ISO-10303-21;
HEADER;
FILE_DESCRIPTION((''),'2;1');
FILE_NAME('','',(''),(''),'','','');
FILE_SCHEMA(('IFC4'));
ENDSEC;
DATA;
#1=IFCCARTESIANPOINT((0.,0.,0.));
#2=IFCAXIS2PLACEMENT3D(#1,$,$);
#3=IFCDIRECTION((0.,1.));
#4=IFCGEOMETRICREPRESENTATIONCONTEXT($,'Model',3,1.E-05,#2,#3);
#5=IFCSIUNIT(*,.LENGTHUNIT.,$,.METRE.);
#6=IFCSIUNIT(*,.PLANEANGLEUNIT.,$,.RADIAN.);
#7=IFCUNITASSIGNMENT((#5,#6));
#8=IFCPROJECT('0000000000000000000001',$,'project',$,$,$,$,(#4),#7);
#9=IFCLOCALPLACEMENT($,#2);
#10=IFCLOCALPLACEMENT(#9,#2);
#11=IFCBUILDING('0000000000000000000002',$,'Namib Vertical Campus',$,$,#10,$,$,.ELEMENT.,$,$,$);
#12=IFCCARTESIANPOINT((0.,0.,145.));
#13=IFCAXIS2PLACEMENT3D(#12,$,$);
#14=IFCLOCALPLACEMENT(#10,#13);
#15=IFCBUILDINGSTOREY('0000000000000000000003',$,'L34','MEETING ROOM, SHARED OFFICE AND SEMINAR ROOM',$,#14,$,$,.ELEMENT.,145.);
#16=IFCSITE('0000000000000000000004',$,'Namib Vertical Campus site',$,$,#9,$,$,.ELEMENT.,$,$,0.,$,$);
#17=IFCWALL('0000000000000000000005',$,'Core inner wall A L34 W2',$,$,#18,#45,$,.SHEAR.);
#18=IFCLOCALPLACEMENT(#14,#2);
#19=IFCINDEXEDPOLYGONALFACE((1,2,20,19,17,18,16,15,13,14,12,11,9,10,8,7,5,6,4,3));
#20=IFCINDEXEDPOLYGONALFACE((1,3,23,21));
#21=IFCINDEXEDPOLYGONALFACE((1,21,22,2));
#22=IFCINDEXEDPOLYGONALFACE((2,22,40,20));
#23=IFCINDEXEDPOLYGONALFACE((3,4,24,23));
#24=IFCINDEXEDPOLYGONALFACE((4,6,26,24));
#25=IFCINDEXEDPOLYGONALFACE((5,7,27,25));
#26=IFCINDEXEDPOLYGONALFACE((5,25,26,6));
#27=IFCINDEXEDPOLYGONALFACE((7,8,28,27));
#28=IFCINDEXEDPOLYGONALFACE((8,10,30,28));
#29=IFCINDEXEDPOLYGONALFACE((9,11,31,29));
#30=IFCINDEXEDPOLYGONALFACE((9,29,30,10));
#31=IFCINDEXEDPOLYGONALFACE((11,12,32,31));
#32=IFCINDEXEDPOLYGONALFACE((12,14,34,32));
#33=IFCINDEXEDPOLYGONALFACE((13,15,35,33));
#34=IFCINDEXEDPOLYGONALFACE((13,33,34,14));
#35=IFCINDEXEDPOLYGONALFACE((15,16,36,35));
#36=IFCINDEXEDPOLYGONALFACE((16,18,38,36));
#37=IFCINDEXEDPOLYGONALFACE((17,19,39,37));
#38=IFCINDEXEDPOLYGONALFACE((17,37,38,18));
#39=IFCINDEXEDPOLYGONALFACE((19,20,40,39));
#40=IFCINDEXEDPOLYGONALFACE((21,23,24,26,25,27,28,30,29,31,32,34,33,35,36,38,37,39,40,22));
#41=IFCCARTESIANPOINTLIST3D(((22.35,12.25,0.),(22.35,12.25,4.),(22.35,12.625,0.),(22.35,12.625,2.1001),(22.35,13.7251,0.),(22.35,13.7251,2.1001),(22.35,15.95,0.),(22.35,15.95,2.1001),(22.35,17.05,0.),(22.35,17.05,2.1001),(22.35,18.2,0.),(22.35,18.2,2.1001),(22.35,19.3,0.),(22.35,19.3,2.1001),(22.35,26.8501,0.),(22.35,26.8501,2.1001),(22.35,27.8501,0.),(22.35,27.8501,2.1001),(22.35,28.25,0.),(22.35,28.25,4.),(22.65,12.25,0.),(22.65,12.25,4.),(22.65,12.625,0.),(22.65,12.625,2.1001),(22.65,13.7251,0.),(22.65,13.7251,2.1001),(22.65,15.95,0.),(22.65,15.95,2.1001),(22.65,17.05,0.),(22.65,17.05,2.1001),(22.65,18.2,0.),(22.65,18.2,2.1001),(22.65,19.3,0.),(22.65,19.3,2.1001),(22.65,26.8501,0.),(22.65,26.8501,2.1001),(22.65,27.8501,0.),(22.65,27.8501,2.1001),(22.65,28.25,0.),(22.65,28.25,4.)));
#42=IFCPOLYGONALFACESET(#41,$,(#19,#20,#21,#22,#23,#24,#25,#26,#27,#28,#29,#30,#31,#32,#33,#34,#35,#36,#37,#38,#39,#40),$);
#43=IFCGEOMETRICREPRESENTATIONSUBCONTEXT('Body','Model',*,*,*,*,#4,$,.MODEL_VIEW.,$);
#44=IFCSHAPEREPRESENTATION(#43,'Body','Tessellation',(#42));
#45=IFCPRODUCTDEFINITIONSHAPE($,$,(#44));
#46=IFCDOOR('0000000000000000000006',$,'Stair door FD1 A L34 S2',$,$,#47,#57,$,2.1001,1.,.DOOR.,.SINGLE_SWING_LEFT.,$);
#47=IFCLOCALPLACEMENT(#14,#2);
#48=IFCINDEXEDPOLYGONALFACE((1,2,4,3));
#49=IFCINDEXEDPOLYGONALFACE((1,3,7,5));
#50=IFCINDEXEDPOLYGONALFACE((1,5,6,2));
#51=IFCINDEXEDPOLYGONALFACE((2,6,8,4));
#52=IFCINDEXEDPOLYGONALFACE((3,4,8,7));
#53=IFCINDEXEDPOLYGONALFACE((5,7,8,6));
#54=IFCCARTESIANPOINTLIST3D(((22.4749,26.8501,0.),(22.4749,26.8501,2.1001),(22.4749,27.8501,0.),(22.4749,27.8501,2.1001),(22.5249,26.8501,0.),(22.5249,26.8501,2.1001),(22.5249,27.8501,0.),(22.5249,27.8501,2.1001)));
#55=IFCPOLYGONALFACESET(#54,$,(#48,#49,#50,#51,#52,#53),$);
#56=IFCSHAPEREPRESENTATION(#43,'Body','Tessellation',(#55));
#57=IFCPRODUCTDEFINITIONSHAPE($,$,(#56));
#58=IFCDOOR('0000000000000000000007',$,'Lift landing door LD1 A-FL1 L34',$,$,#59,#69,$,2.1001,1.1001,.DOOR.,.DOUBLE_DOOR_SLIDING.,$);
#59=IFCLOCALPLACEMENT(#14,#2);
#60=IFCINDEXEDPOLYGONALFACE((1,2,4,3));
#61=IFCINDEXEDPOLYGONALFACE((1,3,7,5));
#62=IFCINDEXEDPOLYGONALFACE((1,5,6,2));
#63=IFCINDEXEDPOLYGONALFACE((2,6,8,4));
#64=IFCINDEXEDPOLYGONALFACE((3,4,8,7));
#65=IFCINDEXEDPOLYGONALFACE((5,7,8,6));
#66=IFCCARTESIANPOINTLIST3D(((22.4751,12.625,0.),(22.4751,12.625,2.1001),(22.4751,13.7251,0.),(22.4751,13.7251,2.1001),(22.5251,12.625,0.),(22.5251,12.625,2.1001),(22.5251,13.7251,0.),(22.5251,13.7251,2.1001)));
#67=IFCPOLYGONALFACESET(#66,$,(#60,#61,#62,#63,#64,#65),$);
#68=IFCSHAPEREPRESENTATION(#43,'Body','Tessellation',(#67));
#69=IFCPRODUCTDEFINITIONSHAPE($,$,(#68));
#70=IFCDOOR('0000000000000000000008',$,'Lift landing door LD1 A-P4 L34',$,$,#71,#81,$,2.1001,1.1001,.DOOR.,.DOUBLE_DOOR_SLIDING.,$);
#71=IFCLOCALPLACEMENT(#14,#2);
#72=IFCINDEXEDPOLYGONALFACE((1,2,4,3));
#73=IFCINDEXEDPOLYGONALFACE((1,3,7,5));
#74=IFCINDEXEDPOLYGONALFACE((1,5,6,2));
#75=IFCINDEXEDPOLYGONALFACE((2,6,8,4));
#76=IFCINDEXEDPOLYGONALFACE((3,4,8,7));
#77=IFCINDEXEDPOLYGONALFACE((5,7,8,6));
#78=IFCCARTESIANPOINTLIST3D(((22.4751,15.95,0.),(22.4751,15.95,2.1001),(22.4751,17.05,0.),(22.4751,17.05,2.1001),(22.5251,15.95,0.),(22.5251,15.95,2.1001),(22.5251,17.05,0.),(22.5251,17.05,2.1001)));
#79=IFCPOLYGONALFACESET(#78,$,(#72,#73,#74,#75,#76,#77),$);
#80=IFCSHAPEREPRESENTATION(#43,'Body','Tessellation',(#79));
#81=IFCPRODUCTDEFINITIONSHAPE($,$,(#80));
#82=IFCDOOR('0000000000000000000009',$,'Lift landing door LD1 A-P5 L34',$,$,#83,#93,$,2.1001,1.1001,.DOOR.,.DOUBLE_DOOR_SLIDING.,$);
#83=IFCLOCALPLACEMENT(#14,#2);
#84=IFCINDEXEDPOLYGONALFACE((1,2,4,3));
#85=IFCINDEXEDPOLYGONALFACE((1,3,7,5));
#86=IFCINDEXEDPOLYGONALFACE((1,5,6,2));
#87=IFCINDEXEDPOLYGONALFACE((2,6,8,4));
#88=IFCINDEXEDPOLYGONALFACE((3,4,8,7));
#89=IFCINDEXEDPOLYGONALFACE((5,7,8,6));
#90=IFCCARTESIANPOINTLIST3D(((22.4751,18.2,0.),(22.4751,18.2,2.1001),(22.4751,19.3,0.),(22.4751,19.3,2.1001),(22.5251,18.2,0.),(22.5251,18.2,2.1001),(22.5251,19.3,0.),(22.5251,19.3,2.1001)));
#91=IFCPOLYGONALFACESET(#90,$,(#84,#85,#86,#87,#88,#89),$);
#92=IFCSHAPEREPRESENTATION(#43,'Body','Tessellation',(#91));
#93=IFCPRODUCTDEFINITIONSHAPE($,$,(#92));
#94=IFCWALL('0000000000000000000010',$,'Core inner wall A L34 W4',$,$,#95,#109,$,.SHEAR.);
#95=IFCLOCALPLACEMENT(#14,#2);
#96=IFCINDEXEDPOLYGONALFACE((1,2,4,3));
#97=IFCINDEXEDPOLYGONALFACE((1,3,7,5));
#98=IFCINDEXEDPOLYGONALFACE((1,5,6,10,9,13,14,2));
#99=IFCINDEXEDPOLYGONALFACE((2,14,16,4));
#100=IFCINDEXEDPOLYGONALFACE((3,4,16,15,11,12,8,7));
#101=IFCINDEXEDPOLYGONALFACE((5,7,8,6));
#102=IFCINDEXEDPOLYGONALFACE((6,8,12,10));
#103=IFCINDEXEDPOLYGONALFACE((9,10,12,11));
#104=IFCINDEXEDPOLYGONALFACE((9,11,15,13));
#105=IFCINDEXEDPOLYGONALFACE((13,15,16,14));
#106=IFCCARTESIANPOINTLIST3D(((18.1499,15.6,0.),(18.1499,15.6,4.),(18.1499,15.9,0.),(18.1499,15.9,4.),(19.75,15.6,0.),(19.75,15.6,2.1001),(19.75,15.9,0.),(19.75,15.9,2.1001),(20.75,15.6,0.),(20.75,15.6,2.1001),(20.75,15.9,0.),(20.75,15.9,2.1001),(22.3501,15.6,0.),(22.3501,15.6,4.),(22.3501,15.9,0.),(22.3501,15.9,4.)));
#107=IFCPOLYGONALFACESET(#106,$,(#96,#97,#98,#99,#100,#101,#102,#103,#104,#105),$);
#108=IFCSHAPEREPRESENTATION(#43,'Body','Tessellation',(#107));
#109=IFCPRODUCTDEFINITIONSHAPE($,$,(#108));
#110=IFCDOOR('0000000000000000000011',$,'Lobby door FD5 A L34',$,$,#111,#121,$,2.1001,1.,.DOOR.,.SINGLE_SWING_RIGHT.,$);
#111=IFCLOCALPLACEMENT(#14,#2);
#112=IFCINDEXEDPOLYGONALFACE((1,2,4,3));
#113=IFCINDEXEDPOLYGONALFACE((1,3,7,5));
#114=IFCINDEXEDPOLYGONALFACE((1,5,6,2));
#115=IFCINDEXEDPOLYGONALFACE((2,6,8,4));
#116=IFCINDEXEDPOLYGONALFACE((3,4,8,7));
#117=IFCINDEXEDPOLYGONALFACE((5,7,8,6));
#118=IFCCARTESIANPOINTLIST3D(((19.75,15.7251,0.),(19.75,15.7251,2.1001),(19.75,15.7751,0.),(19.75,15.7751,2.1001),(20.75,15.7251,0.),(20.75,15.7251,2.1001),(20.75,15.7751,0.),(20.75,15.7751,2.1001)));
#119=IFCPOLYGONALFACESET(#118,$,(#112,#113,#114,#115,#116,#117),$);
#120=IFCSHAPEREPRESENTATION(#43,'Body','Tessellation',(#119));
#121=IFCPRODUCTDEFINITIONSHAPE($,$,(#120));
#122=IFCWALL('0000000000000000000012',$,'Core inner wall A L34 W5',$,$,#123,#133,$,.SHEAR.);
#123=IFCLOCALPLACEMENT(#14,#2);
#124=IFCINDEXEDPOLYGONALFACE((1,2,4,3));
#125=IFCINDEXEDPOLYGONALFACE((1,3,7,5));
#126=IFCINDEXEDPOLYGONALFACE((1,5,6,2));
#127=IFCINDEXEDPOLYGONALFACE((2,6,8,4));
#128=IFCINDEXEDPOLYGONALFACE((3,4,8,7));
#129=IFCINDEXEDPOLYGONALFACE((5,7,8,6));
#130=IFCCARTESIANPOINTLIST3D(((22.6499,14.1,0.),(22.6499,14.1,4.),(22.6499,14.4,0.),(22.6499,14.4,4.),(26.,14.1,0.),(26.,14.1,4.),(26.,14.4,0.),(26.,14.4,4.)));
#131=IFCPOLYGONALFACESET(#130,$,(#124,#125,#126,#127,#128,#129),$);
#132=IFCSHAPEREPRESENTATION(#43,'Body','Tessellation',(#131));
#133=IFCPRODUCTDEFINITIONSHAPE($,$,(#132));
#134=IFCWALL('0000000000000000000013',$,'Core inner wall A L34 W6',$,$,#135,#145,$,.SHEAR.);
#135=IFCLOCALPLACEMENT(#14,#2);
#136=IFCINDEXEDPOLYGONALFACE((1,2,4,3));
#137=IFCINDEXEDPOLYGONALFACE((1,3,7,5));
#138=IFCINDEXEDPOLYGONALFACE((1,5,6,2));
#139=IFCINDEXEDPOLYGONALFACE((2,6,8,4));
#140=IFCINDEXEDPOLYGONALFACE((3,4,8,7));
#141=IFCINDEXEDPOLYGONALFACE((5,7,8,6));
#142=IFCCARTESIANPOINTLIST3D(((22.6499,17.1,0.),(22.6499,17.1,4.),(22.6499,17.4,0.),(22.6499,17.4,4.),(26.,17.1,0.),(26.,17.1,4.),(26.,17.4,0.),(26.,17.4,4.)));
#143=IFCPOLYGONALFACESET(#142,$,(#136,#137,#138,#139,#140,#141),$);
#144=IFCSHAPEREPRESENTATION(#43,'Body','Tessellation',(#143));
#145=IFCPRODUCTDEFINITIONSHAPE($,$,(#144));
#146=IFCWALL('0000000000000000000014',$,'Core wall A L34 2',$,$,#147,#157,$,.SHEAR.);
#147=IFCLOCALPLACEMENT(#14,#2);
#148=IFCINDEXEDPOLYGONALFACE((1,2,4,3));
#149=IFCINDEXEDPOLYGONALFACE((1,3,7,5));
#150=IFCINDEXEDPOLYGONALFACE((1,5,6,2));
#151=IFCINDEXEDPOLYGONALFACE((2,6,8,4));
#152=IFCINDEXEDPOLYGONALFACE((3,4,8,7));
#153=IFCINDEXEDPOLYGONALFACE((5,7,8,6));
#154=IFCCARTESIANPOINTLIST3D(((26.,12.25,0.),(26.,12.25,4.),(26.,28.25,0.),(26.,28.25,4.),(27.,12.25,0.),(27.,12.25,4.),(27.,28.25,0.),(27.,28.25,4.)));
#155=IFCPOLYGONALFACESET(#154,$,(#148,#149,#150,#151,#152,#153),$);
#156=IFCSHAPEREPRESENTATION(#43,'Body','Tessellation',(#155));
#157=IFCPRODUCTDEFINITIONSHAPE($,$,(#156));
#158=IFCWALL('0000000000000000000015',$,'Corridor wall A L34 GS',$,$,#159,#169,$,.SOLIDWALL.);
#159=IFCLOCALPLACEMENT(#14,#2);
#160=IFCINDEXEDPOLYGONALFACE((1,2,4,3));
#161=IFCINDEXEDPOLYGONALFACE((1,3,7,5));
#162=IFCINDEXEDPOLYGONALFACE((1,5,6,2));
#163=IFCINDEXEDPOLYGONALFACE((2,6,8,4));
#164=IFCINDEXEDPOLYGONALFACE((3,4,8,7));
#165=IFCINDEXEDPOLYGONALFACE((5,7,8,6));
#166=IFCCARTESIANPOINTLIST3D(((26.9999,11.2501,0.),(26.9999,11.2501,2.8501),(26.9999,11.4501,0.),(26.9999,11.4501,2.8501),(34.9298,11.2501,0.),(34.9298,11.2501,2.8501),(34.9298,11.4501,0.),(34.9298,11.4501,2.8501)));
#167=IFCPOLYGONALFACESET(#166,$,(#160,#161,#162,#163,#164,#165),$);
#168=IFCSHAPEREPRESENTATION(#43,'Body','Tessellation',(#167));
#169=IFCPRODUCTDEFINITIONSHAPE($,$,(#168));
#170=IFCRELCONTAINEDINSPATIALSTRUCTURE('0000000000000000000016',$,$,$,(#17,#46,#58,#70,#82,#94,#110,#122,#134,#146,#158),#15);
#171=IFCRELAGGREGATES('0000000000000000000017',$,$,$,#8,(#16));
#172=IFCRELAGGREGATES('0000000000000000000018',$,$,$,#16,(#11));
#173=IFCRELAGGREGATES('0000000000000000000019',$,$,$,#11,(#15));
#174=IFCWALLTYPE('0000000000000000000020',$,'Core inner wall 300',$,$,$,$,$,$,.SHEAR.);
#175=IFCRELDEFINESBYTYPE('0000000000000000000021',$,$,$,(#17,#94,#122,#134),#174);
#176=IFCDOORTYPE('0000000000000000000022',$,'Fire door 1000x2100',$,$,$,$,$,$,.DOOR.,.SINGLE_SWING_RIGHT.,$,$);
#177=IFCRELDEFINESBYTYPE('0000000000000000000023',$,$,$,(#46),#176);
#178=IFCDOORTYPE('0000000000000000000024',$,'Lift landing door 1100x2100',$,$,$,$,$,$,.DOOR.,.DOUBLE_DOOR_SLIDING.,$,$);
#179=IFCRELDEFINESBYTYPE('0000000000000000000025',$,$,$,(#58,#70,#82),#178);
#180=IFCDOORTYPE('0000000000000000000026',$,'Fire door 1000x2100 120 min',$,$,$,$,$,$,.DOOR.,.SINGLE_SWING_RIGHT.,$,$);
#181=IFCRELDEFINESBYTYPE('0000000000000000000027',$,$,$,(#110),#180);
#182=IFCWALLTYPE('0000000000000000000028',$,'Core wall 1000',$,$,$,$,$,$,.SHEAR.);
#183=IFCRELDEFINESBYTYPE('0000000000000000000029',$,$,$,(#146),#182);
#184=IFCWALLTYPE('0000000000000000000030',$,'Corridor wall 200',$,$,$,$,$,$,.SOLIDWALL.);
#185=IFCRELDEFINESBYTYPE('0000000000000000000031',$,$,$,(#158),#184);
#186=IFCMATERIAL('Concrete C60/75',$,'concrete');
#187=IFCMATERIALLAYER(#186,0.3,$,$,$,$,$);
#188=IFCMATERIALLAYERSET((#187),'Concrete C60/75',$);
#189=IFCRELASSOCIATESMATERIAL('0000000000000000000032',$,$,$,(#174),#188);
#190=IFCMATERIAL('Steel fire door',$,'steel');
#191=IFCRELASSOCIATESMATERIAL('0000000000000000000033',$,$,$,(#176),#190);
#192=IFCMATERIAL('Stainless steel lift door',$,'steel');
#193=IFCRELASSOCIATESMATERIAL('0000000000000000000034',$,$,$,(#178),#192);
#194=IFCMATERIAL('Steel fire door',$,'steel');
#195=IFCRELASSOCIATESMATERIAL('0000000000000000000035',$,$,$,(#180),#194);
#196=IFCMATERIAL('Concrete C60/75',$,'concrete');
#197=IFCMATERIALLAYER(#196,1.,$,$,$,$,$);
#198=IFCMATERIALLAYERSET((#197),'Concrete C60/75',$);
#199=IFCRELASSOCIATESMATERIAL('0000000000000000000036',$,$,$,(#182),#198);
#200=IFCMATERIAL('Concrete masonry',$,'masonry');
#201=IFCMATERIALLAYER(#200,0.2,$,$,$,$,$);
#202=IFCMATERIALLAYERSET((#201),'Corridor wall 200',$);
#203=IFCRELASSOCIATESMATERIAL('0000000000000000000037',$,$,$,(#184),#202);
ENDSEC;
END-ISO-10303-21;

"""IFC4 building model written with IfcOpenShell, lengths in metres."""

from ifc_helpers import new_model, si_unit, direction, frame, frame_2d, origin, place, context, subcontext, project, spatial, rectangle, extrude, material, layer, layer_set, type_object, element, fill, save


model = new_model("IFC4")

# Units and contexts
model_context = context("Model", 3, precision=1e-05, world=origin(), true_north=direction((0.0, 1.0)))
body_context = subcontext(model_context, "Body", "Model", "MODEL_VIEW")
ifc_project = project(units=[si_unit("LENGTHUNIT", "METRE"), si_unit("PLANEANGLEUNIT", "RADIAN")], contexts=[model_context])

# Site, building, storey
site_placement = place(None, origin())
site = spatial("IfcSite", under=ifc_project, at=site_placement, Name="Namib Vertical Campus site", CompositionType="ELEMENT", RefElevation=0.0)
building_placement = place(site_placement, origin())
building = spatial("IfcBuilding", under=site, at=building_placement, Name="Namib Vertical Campus", CompositionType="ELEMENT")
storey_placement = place(building_placement, frame((0.0, 0.0, 145.0)))
storey = spatial("IfcBuildingStorey", under=building, at=storey_placement, Name="L34", Description="MEETING ROOM, SHARED OFFICE AND SEMINAR ROOM", CompositionType="ELEMENT", Elevation=145.0)

# Wall, openings, doors
ifc_material_1 = material(Name="Concrete C60/75", Category="concrete")
ifc_layer_1 = layer(ifc_material_1, 0.3)
ifc_layer_set_1 = layer_set([ifc_layer_1], Name="Concrete C60/75")
wall_type_1 = type_object("IfcWallType", Name="Core inner wall 300", PredefinedType="SHEAR", material=ifc_layer_set_1)
ifc_material_2 = material(Name="Steel fire door", Category="steel")
door_type_1 = type_object("IfcDoorType", Name="Fire door 1000x2100", OperationType="SINGLE_SWING_RIGHT", PredefinedType="DOOR", material=ifc_material_2)
ifc_material_3 = material(Name="Stainless steel lift door", Category="steel")
door_type_2 = type_object("IfcDoorType", Name="Lift landing door 1100x2100", OperationType="DOUBLE_DOOR_SLIDING", PredefinedType="DOOR", material=ifc_material_3)
wall_1_placement = place(storey_placement, frame((22.5, 12.25, 0.0), z_axis=(0.0, 0.0, 1.0), x_axis=(0.0, 1.0, 0.0)))
wall_1 = element("IfcWall", 1, at=wall_1_placement, inside=storey, type_object=wall_type_1, Name="Core inner wall A L34 W2", PredefinedType="SHEAR", context=body_context, shape_type="SweptSolid", body=[
    extrude(rectangle(XDim=16.0, YDim=0.3, at=frame_2d((8.0, 0.0))), origin(), (0.0, 0.0, 1.0), 4.0),
])
opening_1_placement = place(wall_1_placement, frame((14.6001, 0.0, 0.0)))
opening_1 = element("IfcOpeningElement", 2, at=opening_1_placement, cuts=wall_1, PredefinedType="OPENING", context=body_context, shape_type="SweptSolid", body=[
    extrude(rectangle(XDim=1.0, YDim=2.1001, at=frame_2d((0.5, 1.05))), frame((0.0, 0.1599, 0.0), z_axis=(0.0, -1.0, 0.0), x_axis=(1.0, 0.0, 0.0)), (0.0, 0.0, 1.0), 0.3201),
])
opening_2_placement = place(wall_1_placement, frame((0.375, 0.0, 0.0)))
opening_2 = element("IfcOpeningElement", 3, at=opening_2_placement, cuts=wall_1, PredefinedType="OPENING", context=body_context, shape_type="SweptSolid", body=[
    extrude(rectangle(XDim=1.1001, YDim=2.1001, at=frame_2d((0.55, 1.05))), frame((0.0, 0.1599, 0.0), z_axis=(0.0, -1.0, 0.0), x_axis=(1.0, 0.0, 0.0)), (0.0, 0.0, 1.0), 0.3201),
])
opening_3_placement = place(wall_1_placement, frame((3.7, 0.0, 0.0)))
opening_3 = element("IfcOpeningElement", 4, at=opening_3_placement, cuts=wall_1, PredefinedType="OPENING", context=body_context, shape_type="SweptSolid", body=[
    extrude(rectangle(XDim=1.1001, YDim=2.1001, at=frame_2d((0.55, 1.05))), frame((0.0, 0.1599, 0.0), z_axis=(0.0, -1.0, 0.0), x_axis=(1.0, 0.0, 0.0)), (0.0, 0.0, 1.0), 0.3201),
])
opening_4_placement = place(wall_1_placement, frame((5.95, 0.0, 0.0)))
opening_4 = element("IfcOpeningElement", 5, at=opening_4_placement, cuts=wall_1, PredefinedType="OPENING", context=body_context, shape_type="SweptSolid", body=[
    extrude(rectangle(XDim=1.1001, YDim=2.1001, at=frame_2d((0.55, 1.05))), frame((0.0, 0.1599, 0.0), z_axis=(0.0, -1.0, 0.0), x_axis=(1.0, 0.0, 0.0)), (0.0, 0.0, 1.0), 0.3201),
])
door_1_placement = place(opening_1_placement, frame((1.0, 0.0, 0.0), z_axis=(0.0, 0.0, 1.0), x_axis=(-1.0, 0.0, 0.0)))
door_1 = element("IfcDoor", 6, at=door_1_placement, inside=storey, type_object=door_type_1, Name="Stair door FD1 A L34 S2", OperationType="SINGLE_SWING_LEFT", OverallHeight=2.1001, OverallWidth=1.0, PredefinedType="DOOR", context=body_context, shape_type="SweptSolid", body=[
    extrude(rectangle(XDim=1.0, YDim=2.1001, at=frame_2d((0.5, 1.05))), frame((0.0, 0.0249, 0.0), z_axis=(0.0, -1.0, 0.0), x_axis=(1.0, 0.0, 0.0)), (0.0, 0.0, 1.0), 0.05),
])
fill(opening_1, door_1)
door_2_placement = place(opening_2_placement, origin())
door_2 = element("IfcDoor", 7, at=door_2_placement, inside=storey, type_object=door_type_2, Name="Lift landing door LD1 A-FL1 L34", OperationType="DOUBLE_DOOR_SLIDING", OverallHeight=2.1001, OverallWidth=1.1001, PredefinedType="DOOR", context=body_context, shape_type="SweptSolid", body=[
    extrude(rectangle(XDim=1.1001, YDim=2.1001, at=frame_2d((0.55, 1.05))), frame((0.0, 0.0249, 0.0), z_axis=(0.0, -1.0, 0.0), x_axis=(1.0, 0.0, 0.0)), (0.0, 0.0, 1.0), 0.05),
])
fill(opening_2, door_2)
door_3_placement = place(opening_3_placement, origin())
door_3 = element("IfcDoor", 8, at=door_3_placement, inside=storey, type_object=door_type_2, Name="Lift landing door LD1 A-P4 L34", OperationType="DOUBLE_DOOR_SLIDING", OverallHeight=2.1001, OverallWidth=1.1001, PredefinedType="DOOR", context=body_context, shape_type="SweptSolid", body=[
    extrude(rectangle(XDim=1.1001, YDim=2.1001, at=frame_2d((0.55, 1.05))), frame((0.0, 0.0249, 0.0), z_axis=(0.0, -1.0, 0.0), x_axis=(1.0, 0.0, 0.0)), (0.0, 0.0, 1.0), 0.05),
])
fill(opening_3, door_3)
door_4_placement = place(opening_4_placement, origin())
door_4 = element("IfcDoor", 9, at=door_4_placement, inside=storey, type_object=door_type_2, Name="Lift landing door LD1 A-P5 L34", OperationType="DOUBLE_DOOR_SLIDING", OverallHeight=2.1001, OverallWidth=1.1001, PredefinedType="DOOR", context=body_context, shape_type="SweptSolid", body=[
    extrude(rectangle(XDim=1.1001, YDim=2.1001, at=frame_2d((0.55, 1.05))), frame((0.0, 0.0249, 0.0), z_axis=(0.0, -1.0, 0.0), x_axis=(1.0, 0.0, 0.0)), (0.0, 0.0, 1.0), 0.05),
])
fill(opening_4, door_4)

# Wall, opening, door
wall_2_placement = place(storey_placement, frame((18.1499, 15.75, 0.0), z_axis=(0.0, 0.0, 1.0), x_axis=(1.0, 0.0, 0.0)))
wall_2 = element("IfcWall", 10, at=wall_2_placement, inside=storey, type_object=wall_type_1, Name="Core inner wall A L34 W4", PredefinedType="SHEAR", context=body_context, shape_type="SweptSolid", body=[
    extrude(rectangle(XDim=4.2002, YDim=0.3, at=frame_2d((2.1001, 0.0))), origin(), (0.0, 0.0, 1.0), 4.0),
])
opening_5_placement = place(wall_2_placement, frame((1.6001, 0.0, 0.0)))
opening_5 = element("IfcOpeningElement", 11, at=opening_5_placement, cuts=wall_2, PredefinedType="OPENING", context=body_context, shape_type="SweptSolid", body=[
    extrude(rectangle(XDim=1.0, YDim=2.1001, at=frame_2d((0.5, 1.05))), frame((0.0, 0.1599, 0.0), z_axis=(0.0, -1.0, 0.0), x_axis=(1.0, 0.0, 0.0)), (0.0, 0.0, 1.0), 0.3201),
])
ifc_material_4 = material(Name="Steel fire door", Category="steel")
door_type_3 = type_object("IfcDoorType", Name="Fire door 1000x2100 120 min", OperationType="SINGLE_SWING_RIGHT", PredefinedType="DOOR", material=ifc_material_4)
door_5_placement = place(opening_5_placement, frame((1.0, 0.0, 0.0), z_axis=(0.0, 0.0, 1.0), x_axis=(-1.0, 0.0, 0.0)))
door_5 = element("IfcDoor", 12, at=door_5_placement, inside=storey, type_object=door_type_3, Name="Lobby door FD5 A L34", OperationType="SINGLE_SWING_RIGHT", OverallHeight=2.1001, OverallWidth=1.0, PredefinedType="DOOR", context=body_context, shape_type="SweptSolid", body=[
    extrude(rectangle(XDim=1.0, YDim=2.1001, at=frame_2d((0.5, 1.05))), frame((0.0, 0.0249, 0.0), z_axis=(0.0, -1.0, 0.0), x_axis=(1.0, 0.0, 0.0)), (0.0, 0.0, 1.0), 0.05),
])
fill(opening_5, door_5)

# Walls
for number, where, z_axis, x_axis, name in (
    (13, (22.6499, 14.25, 0.0), (0.0, 0.0, 1.0), (1.0, 0.0, 0.0), "Core inner wall A L34 W5"),
    (14, (22.6499, 17.25, 0.0), (0.0, 0.0, 1.0), (1.0, 0.0, 0.0), "Core inner wall A L34 W6"),
):
    element("IfcWall", number, at=place(storey_placement, frame(where, z_axis=z_axis, x_axis=x_axis)), inside=storey, type_object=wall_type_1, Name=name, PredefinedType="SHEAR", context=body_context, shape_type="SweptSolid", body=[
        extrude(rectangle(XDim=3.3501, YDim=0.3, at=frame_2d((1.675, 0.0))), origin(), (0.0, 0.0, 1.0), 4.0),
    ])
ifc_material_5 = material(Name="Concrete C60/75", Category="concrete")
ifc_layer_2 = layer(ifc_material_5, 1.0)
ifc_layer_set_2 = layer_set([ifc_layer_2], Name="Concrete C60/75")
wall_type_2 = type_object("IfcWallType", Name="Core wall 1000", PredefinedType="SHEAR", material=ifc_layer_set_2)
wall_3_placement = place(storey_placement, frame((26.5, 12.25, 0.0), z_axis=(0.0, 0.0, 1.0), x_axis=(0.0, 1.0, 0.0)))
element("IfcWall", 15, at=wall_3_placement, inside=storey, type_object=wall_type_2, Name="Core wall A L34 2", PredefinedType="SHEAR", context=body_context, shape_type="SweptSolid", body=[
    extrude(rectangle(XDim=16.0, YDim=1.0, at=frame_2d((8.0, 0.0))), origin(), (0.0, 0.0, 1.0), 4.0),
])
ifc_material_6 = material(Name="Concrete masonry", Category="masonry")
ifc_layer_3 = layer(ifc_material_6, 0.2)
ifc_layer_set_3 = layer_set([ifc_layer_3], Name="Corridor wall 200")
wall_type_3 = type_object("IfcWallType", Name="Corridor wall 200", PredefinedType="SOLIDWALL", material=ifc_layer_set_3)
wall_4_placement = place(storey_placement, frame((27.0, 11.3501, 0.0), z_axis=(0.0, 0.0, 1.0), x_axis=(1.0, 0.0, 0.0)))
element("IfcWall", 16, at=wall_4_placement, inside=storey, type_object=wall_type_3, Name="Corridor wall A L34 GS", PredefinedType="SOLIDWALL", context=body_context, shape_type="SweptSolid", body=[
    extrude(rectangle(XDim=7.9299, YDim=0.2, at=frame_2d((3.9648, 0.0))), origin(), (0.0, 0.0, 1.0), 2.8501),
])

save(model, "model.ifc")
